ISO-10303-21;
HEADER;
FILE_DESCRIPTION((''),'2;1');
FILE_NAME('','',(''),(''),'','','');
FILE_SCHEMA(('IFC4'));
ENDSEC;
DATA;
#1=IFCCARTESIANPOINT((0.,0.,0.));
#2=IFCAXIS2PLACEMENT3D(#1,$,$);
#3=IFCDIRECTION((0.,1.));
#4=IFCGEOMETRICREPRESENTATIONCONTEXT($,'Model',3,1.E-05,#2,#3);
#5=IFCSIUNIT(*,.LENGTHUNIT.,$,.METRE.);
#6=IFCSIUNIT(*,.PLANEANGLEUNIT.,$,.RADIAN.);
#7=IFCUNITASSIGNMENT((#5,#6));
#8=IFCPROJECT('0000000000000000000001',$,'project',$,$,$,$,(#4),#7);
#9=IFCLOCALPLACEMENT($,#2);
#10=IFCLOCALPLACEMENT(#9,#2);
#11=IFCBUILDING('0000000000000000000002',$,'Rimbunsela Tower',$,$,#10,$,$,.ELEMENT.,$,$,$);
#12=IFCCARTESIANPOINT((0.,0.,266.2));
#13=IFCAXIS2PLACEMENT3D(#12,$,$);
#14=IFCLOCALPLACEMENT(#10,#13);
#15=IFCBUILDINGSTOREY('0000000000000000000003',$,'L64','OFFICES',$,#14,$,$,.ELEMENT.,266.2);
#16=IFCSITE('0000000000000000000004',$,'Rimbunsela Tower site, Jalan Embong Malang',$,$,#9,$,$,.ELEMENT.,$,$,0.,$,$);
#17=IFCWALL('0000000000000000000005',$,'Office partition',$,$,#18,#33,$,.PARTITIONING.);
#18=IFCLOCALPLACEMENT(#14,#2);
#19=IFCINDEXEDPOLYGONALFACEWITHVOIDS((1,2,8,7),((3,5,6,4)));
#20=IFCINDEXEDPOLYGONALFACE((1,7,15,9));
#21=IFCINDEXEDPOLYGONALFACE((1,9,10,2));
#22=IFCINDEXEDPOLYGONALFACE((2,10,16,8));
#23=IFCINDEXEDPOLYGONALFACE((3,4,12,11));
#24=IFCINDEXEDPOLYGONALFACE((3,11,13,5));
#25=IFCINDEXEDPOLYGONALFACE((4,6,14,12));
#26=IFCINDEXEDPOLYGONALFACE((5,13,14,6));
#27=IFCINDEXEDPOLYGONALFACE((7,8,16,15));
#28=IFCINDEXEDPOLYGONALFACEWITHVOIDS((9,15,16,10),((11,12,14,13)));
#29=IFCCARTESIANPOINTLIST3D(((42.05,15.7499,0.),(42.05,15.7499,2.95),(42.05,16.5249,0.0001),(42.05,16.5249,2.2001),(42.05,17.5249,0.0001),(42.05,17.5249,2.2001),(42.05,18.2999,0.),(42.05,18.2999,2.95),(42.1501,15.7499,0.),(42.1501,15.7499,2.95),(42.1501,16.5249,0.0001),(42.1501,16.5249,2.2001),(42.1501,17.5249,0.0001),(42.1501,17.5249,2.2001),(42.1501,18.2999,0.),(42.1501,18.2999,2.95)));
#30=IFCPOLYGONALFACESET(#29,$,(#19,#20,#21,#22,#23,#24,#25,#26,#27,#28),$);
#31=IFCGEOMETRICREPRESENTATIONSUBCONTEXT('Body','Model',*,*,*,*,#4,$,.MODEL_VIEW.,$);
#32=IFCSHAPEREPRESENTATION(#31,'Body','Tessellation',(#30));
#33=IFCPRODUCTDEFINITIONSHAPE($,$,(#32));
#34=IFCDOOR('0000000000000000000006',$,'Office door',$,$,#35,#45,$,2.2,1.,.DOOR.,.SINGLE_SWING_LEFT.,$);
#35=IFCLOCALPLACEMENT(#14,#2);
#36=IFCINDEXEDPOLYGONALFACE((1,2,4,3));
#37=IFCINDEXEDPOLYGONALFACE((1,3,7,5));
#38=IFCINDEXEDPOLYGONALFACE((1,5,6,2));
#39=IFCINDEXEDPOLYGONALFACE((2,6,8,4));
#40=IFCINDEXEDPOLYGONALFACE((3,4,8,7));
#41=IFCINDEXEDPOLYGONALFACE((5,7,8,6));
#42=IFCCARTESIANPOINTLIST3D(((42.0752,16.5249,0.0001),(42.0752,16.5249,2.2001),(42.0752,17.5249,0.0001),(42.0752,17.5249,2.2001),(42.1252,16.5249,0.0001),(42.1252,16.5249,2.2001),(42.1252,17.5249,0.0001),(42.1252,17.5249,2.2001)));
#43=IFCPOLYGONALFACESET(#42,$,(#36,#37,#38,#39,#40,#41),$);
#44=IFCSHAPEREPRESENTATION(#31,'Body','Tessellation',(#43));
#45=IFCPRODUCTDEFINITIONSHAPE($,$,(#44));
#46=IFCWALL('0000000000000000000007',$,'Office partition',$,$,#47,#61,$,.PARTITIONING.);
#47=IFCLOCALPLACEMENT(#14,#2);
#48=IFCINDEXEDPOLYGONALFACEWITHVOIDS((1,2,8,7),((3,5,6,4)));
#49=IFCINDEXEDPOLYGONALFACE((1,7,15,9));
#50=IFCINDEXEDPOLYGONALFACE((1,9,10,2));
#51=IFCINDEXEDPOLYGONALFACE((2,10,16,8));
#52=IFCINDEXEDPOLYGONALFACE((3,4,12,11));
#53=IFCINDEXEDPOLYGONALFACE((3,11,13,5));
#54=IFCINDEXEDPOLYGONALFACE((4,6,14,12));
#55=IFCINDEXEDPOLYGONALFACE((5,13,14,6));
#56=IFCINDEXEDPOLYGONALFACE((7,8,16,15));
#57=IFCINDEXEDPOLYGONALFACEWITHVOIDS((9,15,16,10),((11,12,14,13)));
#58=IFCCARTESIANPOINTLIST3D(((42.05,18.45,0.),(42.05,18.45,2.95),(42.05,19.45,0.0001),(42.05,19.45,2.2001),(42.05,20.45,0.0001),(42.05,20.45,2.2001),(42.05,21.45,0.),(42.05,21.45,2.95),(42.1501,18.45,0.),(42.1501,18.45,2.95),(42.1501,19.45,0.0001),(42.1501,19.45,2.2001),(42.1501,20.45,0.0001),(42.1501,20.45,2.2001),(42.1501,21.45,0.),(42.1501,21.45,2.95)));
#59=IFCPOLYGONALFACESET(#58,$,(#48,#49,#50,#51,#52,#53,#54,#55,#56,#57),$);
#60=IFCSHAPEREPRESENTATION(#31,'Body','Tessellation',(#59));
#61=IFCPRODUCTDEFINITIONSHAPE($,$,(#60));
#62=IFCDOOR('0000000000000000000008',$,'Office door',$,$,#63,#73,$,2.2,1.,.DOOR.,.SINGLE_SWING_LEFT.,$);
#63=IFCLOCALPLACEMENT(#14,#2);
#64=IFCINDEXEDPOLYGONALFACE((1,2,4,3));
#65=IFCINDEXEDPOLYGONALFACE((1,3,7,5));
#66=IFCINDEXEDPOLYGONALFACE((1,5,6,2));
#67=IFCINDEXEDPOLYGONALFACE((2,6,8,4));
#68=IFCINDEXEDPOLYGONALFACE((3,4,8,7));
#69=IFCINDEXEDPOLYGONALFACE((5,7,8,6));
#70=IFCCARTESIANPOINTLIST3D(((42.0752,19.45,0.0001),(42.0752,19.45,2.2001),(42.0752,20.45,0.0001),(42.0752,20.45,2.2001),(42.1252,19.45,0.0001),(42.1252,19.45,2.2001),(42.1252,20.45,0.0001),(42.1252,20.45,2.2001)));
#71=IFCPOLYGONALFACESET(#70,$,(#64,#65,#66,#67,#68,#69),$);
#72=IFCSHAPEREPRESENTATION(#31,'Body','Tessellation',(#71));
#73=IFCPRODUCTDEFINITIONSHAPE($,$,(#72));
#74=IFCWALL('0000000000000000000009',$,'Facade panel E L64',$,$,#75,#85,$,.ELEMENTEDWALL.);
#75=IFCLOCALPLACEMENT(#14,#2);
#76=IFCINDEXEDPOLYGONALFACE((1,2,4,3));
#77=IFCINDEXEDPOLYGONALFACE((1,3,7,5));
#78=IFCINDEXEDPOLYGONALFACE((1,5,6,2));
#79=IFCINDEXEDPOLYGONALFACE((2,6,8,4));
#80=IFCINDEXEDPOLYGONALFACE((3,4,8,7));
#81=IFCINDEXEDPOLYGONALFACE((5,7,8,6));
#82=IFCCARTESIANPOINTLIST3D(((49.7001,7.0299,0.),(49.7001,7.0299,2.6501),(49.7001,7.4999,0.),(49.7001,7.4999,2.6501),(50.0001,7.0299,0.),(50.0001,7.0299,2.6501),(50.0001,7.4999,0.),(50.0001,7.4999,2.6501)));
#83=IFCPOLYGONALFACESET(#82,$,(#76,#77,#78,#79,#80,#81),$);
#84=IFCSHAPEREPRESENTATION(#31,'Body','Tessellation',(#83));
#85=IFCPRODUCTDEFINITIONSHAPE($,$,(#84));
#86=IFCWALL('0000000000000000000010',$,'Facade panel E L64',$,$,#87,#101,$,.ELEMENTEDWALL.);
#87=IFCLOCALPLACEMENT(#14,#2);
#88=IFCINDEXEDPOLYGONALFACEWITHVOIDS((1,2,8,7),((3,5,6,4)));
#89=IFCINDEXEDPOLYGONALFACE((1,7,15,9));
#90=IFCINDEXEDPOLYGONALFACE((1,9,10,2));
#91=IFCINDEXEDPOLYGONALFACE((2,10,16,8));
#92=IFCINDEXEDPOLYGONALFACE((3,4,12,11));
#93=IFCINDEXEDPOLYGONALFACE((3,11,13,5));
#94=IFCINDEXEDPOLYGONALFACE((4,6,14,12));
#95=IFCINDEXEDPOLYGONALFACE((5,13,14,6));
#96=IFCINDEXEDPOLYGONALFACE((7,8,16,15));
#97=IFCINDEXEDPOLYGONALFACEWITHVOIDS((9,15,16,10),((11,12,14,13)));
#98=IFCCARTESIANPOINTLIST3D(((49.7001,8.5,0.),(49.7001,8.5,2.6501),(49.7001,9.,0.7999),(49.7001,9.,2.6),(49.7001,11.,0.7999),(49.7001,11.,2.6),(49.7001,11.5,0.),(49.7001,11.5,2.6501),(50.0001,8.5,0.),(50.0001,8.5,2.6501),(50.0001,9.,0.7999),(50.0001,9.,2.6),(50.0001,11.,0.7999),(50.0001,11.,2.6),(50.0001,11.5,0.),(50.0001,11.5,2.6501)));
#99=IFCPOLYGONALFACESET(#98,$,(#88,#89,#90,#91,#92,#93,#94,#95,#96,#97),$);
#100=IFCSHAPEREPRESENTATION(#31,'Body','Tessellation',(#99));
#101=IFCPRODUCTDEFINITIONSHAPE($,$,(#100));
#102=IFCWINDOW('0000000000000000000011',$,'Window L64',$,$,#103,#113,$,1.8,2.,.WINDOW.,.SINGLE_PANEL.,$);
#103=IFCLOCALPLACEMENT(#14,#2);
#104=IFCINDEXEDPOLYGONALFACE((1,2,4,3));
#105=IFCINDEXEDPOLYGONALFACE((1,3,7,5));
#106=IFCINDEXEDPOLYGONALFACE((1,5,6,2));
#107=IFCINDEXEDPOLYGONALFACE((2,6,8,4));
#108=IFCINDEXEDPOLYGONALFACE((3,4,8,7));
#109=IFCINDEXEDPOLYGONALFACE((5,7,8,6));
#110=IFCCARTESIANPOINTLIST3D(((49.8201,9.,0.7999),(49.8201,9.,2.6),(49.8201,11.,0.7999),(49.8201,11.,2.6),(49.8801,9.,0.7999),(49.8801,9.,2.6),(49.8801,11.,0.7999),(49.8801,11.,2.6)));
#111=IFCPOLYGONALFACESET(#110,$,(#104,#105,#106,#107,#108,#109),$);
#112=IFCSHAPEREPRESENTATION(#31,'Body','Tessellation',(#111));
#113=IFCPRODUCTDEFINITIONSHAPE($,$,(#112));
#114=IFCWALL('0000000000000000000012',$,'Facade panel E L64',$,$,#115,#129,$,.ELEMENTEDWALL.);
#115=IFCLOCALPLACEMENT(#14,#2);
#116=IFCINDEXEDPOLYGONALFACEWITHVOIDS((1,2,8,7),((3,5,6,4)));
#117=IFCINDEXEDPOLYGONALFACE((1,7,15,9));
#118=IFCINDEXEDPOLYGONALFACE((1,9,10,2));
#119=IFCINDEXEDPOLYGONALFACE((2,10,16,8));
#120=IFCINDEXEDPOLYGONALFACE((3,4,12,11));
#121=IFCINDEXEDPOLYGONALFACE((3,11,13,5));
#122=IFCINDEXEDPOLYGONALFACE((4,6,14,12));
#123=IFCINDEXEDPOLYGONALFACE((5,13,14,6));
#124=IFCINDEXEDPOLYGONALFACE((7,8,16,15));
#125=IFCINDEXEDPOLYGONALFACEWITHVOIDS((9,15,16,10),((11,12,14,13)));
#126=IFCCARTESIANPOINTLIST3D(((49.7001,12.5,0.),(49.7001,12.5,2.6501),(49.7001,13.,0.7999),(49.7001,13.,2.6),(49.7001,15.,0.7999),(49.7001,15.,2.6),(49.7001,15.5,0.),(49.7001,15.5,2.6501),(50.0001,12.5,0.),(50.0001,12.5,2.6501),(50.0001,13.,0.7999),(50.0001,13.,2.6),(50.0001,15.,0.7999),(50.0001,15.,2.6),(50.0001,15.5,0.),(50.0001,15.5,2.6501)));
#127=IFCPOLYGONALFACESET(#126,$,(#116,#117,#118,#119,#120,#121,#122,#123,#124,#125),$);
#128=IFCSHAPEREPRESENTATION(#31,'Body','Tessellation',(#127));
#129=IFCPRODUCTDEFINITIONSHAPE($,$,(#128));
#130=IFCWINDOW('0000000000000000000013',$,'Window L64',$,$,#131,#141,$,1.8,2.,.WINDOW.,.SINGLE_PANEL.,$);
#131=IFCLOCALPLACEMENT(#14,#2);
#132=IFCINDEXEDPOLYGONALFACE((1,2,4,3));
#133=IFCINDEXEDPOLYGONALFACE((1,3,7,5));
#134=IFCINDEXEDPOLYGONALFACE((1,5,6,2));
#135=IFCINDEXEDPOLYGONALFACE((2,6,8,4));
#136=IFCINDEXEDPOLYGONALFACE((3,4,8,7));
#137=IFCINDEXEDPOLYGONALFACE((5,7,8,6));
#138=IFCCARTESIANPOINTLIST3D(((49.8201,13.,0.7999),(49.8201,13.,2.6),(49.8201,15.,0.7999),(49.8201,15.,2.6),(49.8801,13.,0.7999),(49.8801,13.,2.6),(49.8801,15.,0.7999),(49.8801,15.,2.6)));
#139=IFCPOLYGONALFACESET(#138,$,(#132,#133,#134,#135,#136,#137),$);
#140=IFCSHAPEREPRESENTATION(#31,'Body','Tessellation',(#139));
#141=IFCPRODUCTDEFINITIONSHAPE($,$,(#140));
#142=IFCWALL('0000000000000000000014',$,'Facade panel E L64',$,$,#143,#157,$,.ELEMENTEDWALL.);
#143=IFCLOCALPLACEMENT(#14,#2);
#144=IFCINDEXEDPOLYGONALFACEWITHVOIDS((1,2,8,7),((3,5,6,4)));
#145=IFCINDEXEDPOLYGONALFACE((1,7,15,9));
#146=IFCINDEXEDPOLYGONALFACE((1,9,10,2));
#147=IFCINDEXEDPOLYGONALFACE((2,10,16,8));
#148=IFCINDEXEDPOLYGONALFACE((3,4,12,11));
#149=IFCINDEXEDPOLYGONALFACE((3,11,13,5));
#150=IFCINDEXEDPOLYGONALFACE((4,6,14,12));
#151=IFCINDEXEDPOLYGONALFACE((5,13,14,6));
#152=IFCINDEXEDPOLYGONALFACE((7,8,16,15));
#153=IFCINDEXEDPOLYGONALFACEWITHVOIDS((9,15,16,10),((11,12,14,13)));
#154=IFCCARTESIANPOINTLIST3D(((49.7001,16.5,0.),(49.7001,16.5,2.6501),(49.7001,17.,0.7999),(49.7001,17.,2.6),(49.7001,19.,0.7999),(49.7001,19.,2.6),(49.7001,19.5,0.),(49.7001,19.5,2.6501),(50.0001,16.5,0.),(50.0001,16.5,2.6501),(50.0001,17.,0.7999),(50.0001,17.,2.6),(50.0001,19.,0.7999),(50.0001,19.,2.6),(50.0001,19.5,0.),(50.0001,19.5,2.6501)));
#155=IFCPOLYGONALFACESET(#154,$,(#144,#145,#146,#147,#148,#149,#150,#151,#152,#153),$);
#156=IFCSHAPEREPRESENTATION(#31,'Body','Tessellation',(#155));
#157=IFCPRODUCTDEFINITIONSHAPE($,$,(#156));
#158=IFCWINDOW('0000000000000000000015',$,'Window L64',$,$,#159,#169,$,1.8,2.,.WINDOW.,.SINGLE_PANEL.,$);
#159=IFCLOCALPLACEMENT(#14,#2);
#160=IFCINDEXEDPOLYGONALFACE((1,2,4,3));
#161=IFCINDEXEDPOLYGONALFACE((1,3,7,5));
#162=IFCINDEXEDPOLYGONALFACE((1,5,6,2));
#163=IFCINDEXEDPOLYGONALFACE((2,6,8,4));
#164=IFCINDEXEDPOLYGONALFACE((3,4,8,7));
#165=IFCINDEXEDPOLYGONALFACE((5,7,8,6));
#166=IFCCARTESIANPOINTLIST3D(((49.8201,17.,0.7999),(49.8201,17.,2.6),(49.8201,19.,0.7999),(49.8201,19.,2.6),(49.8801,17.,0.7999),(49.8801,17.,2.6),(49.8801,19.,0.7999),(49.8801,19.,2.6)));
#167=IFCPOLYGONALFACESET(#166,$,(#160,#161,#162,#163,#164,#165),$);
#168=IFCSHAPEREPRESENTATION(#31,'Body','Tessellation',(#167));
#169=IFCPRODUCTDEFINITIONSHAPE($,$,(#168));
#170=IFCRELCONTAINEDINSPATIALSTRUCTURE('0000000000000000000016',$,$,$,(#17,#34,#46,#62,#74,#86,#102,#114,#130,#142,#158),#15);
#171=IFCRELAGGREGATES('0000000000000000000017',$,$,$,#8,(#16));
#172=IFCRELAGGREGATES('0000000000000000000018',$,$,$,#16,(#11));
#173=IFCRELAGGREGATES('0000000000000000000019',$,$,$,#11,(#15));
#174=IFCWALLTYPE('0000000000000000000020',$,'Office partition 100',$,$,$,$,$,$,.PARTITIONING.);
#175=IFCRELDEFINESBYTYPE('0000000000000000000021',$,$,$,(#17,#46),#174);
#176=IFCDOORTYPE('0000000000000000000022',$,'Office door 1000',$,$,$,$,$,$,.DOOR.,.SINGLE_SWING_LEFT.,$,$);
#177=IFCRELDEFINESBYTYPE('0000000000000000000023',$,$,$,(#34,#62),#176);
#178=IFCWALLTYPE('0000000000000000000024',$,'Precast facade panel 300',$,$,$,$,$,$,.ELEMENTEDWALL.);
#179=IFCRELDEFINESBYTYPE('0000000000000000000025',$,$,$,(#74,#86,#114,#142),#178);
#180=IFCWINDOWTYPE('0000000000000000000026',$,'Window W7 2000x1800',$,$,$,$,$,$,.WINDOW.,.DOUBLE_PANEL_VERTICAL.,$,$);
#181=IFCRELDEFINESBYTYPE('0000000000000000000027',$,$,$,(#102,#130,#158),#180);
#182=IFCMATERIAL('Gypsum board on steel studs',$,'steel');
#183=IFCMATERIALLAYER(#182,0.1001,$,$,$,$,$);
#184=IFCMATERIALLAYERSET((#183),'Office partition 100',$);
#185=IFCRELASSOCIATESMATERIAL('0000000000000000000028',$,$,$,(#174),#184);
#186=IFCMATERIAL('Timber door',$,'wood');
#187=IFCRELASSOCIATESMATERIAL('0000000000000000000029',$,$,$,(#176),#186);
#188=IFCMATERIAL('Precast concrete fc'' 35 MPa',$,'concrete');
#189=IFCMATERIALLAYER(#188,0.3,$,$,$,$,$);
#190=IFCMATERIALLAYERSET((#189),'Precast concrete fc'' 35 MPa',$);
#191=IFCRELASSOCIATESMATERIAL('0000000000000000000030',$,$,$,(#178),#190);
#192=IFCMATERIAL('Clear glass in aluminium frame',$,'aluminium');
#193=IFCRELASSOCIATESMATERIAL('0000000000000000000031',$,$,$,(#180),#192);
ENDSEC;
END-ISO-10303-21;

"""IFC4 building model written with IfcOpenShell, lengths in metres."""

from ifc_helpers import new_model, si_unit, direction, frame, frame_2d, origin, place, context, subcontext, project, spatial, rectangle, extrude, material, layer, layer_set, type_object, element, fill, save


model = new_model("IFC4")

# Units and contexts
model_context = context("Model", 3, precision=1e-05, world=origin(), true_north=direction((0.0, 1.0)))
body_context = subcontext(model_context, "Body", "Model", "MODEL_VIEW")
ifc_project = project(units=[si_unit("LENGTHUNIT", "METRE"), si_unit("PLANEANGLEUNIT", "RADIAN")], contexts=[model_context])

# Site, building, storey
site_placement = place(None, origin())
site = spatial("IfcSite", under=ifc_project, at=site_placement, Name="Rimbunsela Tower site, Jalan Embong Malang", CompositionType="ELEMENT", RefElevation=0.0)
building_placement = place(site_placement, origin())
building = spatial("IfcBuilding", under=site, at=building_placement, Name="Rimbunsela Tower", CompositionType="ELEMENT")
storey_placement = place(building_placement, frame((0.0, 0.0, 266.2)))
storey = spatial("IfcBuildingStorey", under=building, at=storey_placement, Name="L64", Description="OFFICES", CompositionType="ELEMENT", Elevation=266.2)

# Walls, openings, doors
ifc_material_1 = material(Name="Gypsum board on steel studs", Category="steel")
ifc_layer_1 = layer(ifc_material_1, 0.1001)
ifc_layer_set_1 = layer_set([ifc_layer_1], Name="Office partition 100")
wall_type_1 = type_object("IfcWallType", Name="Office partition 100", PredefinedType="PARTITIONING", material=ifc_layer_set_1)
wall_1_placement = place(storey_placement, frame((42.1001, 15.75, 0.0), z_axis=(0.0, 0.0, 1.0), x_axis=(0.0, 1.0, 0.0)))
wall_1 = element("IfcWall", 1, at=wall_1_placement, inside=storey, type_object=wall_type_1, Name="Office partition", PredefinedType="PARTITIONING", context=body_context, shape_type="SweptSolid", body=[
    extrude(rectangle(XDim=2.55, YDim=0.1001, at=frame_2d((1.2749, 0.0))), origin(), (0.0, 0.0, 1.0), 2.95),
])
opening_1_placement = place(wall_1_placement, frame((0.7749, 0.0, 0.0)))
opening_1 = element("IfcOpeningElement", 2, at=opening_1_placement, cuts=wall_1, PredefinedType="OPENING", context=body_context, shape_type="SweptSolid", body=[
    extrude(rectangle(XDim=1.0, YDim=2.2, at=frame_2d((0.5, 1.1001))), frame((0.0, 0.0601, 0.0), z_axis=(0.0, -1.0, 0.0), x_axis=(1.0, 0.0, 0.0)), (0.0, 0.0, 1.0), 0.1201),
])
ifc_material_2 = material(Name="Timber door", Category="wood")
door_type = type_object("IfcDoorType", Name="Office door 1000", OperationType="SINGLE_SWING_LEFT", PredefinedType="DOOR", material=ifc_material_2)
door_1_placement = place(opening_1_placement, origin())
door_1 = element("IfcDoor", 3, at=door_1_placement, inside=storey, type_object=door_type, Name="Office door", OperationType="SINGLE_SWING_LEFT", OverallHeight=2.2, OverallWidth=1.0, PredefinedType="DOOR", context=body_context, shape_type="SweptSolid", body=[
    extrude(rectangle(XDim=1.0, YDim=2.2, at=frame_2d((0.5, 1.1001))), frame((0.0, 0.0249, 0.0), z_axis=(0.0, -1.0, 0.0), x_axis=(1.0, 0.0, 0.0)), (0.0, 0.0, 1.0), 0.05),
])
fill(opening_1, door_1)
wall_2_placement = place(storey_placement, frame((42.1001, 18.45, 0.0), z_axis=(0.0, 0.0, 1.0), x_axis=(0.0, 1.0, 0.0)))
wall_2 = element("IfcWall", 4, at=wall_2_placement, inside=storey, type_object=wall_type_1, Name="Office partition", PredefinedType="PARTITIONING", context=body_context, shape_type="SweptSolid", body=[
    extrude(rectangle(XDim=3.0, YDim=0.1001, at=frame_2d((1.5, 0.0))), origin(), (0.0, 0.0, 1.0), 2.95),
])
opening_2_placement = place(wall_2_placement, frame((1.0, 0.0, 0.0)))
opening_2 = element("IfcOpeningElement", 5, at=opening_2_placement, cuts=wall_2, PredefinedType="OPENING", context=body_context, shape_type="SweptSolid", body=[
    extrude(rectangle(XDim=1.0, YDim=2.2, at=frame_2d((0.5, 1.1001))), frame((0.0, 0.0601, 0.0), z_axis=(0.0, -1.0, 0.0), x_axis=(1.0, 0.0, 0.0)), (0.0, 0.0, 1.0), 0.1201),
])
door_2_placement = place(opening_2_placement, origin())
door_2 = element("IfcDoor", 6, at=door_2_placement, inside=storey, type_object=door_type, Name="Office door", OperationType="SINGLE_SWING_LEFT", OverallHeight=2.2, OverallWidth=1.0, PredefinedType="DOOR", context=body_context, shape_type="SweptSolid", body=[
    extrude(rectangle(XDim=1.0, YDim=2.2, at=frame_2d((0.5, 1.1001))), frame((0.0, 0.0249, 0.0), z_axis=(0.0, -1.0, 0.0), x_axis=(1.0, 0.0, 0.0)), (0.0, 0.0, 1.0), 0.05),
])
fill(opening_2, door_2)

# Wall
ifc_material_3 = material(Name="Precast concrete fc' 35 MPa", Category="concrete")
ifc_layer_2 = layer(ifc_material_3, 0.3)
ifc_layer_set_2 = layer_set([ifc_layer_2], Name="Precast concrete fc' 35 MPa")
wall_type_2 = type_object("IfcWallType", Name="Precast facade panel 300", PredefinedType="ELEMENTEDWALL", material=ifc_layer_set_2)
wall_3_placement = place(storey_placement, frame((49.8501, 7.03, 0.0), z_axis=(0.0, 0.0, 1.0), x_axis=(0.0, 1.0, 0.0)))
element("IfcWall", 7, at=wall_3_placement, inside=storey, type_object=wall_type_2, Name="Facade panel E L64", PredefinedType="ELEMENTEDWALL", context=body_context, shape_type="SweptSolid", body=[
    extrude(rectangle(XDim=0.47, YDim=0.3, at=frame_2d((0.2349, 0.0))), origin(), (0.0, 0.0, 1.0), 2.6501),
])

# Walls, openings, windows
wall_4_placement = place(storey_placement, frame((49.8501, 8.5, 0.0), z_axis=(0.0, 0.0, 1.0), x_axis=(0.0, 1.0, 0.0)))
wall_4 = element("IfcWall", 8, at=wall_4_placement, inside=storey, type_object=wall_type_2, Name="Facade panel E L64", PredefinedType="ELEMENTEDWALL", context=body_context, shape_type="SweptSolid", body=[
    extrude(rectangle(XDim=3.0, YDim=0.3, at=frame_2d((1.5, 0.0))), origin(), (0.0, 0.0, 1.0), 2.6501),
])
opening_3_placement = place(wall_4_placement, frame((0.5, 0.0, 0.8)))
opening_3 = element("IfcOpeningElement", 9, at=opening_3_placement, cuts=wall_4, PredefinedType="OPENING", context=body_context, shape_type="SweptSolid", body=[
    extrude(rectangle(XDim=2.0, YDim=1.8, at=frame_2d((1.0, 0.8999))), frame((0.0, 0.1599, 0.0), z_axis=(0.0, -1.0, 0.0), x_axis=(1.0, 0.0, 0.0)), (0.0, 0.0, 1.0), 0.3201),
])
ifc_material_4 = material(Name="Clear glass in aluminium frame", Category="aluminium")
window_type = type_object("IfcWindowType", Name="Window W7 2000x1800", PartitioningType="DOUBLE_PANEL_VERTICAL", PredefinedType="WINDOW", material=ifc_material_4)
window_1_placement = place(opening_3_placement, origin())
window_1 = element("IfcWindow", 10, at=window_1_placement, inside=storey, type_object=window_type, Name="Window L64", OverallHeight=1.8, OverallWidth=2.0, PartitioningType="SINGLE_PANEL", PredefinedType="WINDOW", context=body_context, shape_type="SweptSolid", body=[
    extrude(rectangle(XDim=2.0, YDim=1.8, at=frame_2d((1.0, 0.8999))), frame((0.0, 0.03, 0.0), z_axis=(0.0, -1.0, 0.0), x_axis=(1.0, 0.0, 0.0)), (0.0, 0.0, 1.0), 0.0601),
])
fill(opening_3, window_1)
wall_5_placement = place(storey_placement, frame((49.8501, 12.5, 0.0), z_axis=(0.0, 0.0, 1.0), x_axis=(0.0, 1.0, 0.0)))
wall_5 = element("IfcWall", 11, at=wall_5_placement, inside=storey, type_object=wall_type_2, Name="Facade panel E L64", PredefinedType="ELEMENTEDWALL", context=body_context, shape_type="SweptSolid", body=[
    extrude(rectangle(XDim=3.0, YDim=0.3, at=frame_2d((1.5, 0.0))), origin(), (0.0, 0.0, 1.0), 2.6501),
])
opening_4_placement = place(wall_5_placement, frame((0.5, 0.0, 0.8)))
opening_4 = element("IfcOpeningElement", 12, at=opening_4_placement, cuts=wall_5, PredefinedType="OPENING", context=body_context, shape_type="SweptSolid", body=[
    extrude(rectangle(XDim=2.0, YDim=1.8, at=frame_2d((1.0, 0.8999))), frame((0.0, 0.1599, 0.0), z_axis=(0.0, -1.0, 0.0), x_axis=(1.0, 0.0, 0.0)), (0.0, 0.0, 1.0), 0.3201),
])
window_2_placement = place(opening_4_placement, origin())
window_2 = element("IfcWindow", 13, at=window_2_placement, inside=storey, type_object=window_type, Name="Window L64", OverallHeight=1.8, OverallWidth=2.0, PartitioningType="SINGLE_PANEL", PredefinedType="WINDOW", context=body_context, shape_type="SweptSolid", body=[
    extrude(rectangle(XDim=2.0, YDim=1.8, at=frame_2d((1.0, 0.8999))), frame((0.0, 0.03, 0.0), z_axis=(0.0, -1.0, 0.0), x_axis=(1.0, 0.0, 0.0)), (0.0, 0.0, 1.0), 0.0601),
])
fill(opening_4, window_2)
wall_6_placement = place(storey_placement, frame((49.8501, 16.5, 0.0), z_axis=(0.0, 0.0, 1.0), x_axis=(0.0, 1.0, 0.0)))
wall_6 = element("IfcWall", 14, at=wall_6_placement, inside=storey, type_object=wall_type_2, Name="Facade panel E L64", PredefinedType="ELEMENTEDWALL", context=body_context, shape_type="SweptSolid", body=[
    extrude(rectangle(XDim=3.0, YDim=0.3, at=frame_2d((1.5, 0.0))), origin(), (0.0, 0.0, 1.0), 2.6501),
])
opening_5_placement = place(wall_6_placement, frame((0.5, 0.0, 0.8)))
opening_5 = element("IfcOpeningElement", 15, at=opening_5_placement, cuts=wall_6, PredefinedType="OPENING", context=body_context, shape_type="SweptSolid", body=[
    extrude(rectangle(XDim=2.0, YDim=1.8, at=frame_2d((1.0, 0.8999))), frame((0.0, 0.1599, 0.0), z_axis=(0.0, -1.0, 0.0), x_axis=(1.0, 0.0, 0.0)), (0.0, 0.0, 1.0), 0.3201),
])
window_3_placement = place(opening_5_placement, origin())
window_3 = element("IfcWindow", 16, at=window_3_placement, inside=storey, type_object=window_type, Name="Window L64", OverallHeight=1.8, OverallWidth=2.0, PartitioningType="SINGLE_PANEL", PredefinedType="WINDOW", context=body_context, shape_type="SweptSolid", body=[
    extrude(rectangle(XDim=2.0, YDim=1.8, at=frame_2d((1.0, 0.8999))), frame((0.0, 0.03, 0.0), z_axis=(0.0, -1.0, 0.0), x_axis=(1.0, 0.0, 0.0)), (0.0, 0.0, 1.0), 0.0601),
])
fill(opening_5, window_3)

save(model, "model.ifc")
